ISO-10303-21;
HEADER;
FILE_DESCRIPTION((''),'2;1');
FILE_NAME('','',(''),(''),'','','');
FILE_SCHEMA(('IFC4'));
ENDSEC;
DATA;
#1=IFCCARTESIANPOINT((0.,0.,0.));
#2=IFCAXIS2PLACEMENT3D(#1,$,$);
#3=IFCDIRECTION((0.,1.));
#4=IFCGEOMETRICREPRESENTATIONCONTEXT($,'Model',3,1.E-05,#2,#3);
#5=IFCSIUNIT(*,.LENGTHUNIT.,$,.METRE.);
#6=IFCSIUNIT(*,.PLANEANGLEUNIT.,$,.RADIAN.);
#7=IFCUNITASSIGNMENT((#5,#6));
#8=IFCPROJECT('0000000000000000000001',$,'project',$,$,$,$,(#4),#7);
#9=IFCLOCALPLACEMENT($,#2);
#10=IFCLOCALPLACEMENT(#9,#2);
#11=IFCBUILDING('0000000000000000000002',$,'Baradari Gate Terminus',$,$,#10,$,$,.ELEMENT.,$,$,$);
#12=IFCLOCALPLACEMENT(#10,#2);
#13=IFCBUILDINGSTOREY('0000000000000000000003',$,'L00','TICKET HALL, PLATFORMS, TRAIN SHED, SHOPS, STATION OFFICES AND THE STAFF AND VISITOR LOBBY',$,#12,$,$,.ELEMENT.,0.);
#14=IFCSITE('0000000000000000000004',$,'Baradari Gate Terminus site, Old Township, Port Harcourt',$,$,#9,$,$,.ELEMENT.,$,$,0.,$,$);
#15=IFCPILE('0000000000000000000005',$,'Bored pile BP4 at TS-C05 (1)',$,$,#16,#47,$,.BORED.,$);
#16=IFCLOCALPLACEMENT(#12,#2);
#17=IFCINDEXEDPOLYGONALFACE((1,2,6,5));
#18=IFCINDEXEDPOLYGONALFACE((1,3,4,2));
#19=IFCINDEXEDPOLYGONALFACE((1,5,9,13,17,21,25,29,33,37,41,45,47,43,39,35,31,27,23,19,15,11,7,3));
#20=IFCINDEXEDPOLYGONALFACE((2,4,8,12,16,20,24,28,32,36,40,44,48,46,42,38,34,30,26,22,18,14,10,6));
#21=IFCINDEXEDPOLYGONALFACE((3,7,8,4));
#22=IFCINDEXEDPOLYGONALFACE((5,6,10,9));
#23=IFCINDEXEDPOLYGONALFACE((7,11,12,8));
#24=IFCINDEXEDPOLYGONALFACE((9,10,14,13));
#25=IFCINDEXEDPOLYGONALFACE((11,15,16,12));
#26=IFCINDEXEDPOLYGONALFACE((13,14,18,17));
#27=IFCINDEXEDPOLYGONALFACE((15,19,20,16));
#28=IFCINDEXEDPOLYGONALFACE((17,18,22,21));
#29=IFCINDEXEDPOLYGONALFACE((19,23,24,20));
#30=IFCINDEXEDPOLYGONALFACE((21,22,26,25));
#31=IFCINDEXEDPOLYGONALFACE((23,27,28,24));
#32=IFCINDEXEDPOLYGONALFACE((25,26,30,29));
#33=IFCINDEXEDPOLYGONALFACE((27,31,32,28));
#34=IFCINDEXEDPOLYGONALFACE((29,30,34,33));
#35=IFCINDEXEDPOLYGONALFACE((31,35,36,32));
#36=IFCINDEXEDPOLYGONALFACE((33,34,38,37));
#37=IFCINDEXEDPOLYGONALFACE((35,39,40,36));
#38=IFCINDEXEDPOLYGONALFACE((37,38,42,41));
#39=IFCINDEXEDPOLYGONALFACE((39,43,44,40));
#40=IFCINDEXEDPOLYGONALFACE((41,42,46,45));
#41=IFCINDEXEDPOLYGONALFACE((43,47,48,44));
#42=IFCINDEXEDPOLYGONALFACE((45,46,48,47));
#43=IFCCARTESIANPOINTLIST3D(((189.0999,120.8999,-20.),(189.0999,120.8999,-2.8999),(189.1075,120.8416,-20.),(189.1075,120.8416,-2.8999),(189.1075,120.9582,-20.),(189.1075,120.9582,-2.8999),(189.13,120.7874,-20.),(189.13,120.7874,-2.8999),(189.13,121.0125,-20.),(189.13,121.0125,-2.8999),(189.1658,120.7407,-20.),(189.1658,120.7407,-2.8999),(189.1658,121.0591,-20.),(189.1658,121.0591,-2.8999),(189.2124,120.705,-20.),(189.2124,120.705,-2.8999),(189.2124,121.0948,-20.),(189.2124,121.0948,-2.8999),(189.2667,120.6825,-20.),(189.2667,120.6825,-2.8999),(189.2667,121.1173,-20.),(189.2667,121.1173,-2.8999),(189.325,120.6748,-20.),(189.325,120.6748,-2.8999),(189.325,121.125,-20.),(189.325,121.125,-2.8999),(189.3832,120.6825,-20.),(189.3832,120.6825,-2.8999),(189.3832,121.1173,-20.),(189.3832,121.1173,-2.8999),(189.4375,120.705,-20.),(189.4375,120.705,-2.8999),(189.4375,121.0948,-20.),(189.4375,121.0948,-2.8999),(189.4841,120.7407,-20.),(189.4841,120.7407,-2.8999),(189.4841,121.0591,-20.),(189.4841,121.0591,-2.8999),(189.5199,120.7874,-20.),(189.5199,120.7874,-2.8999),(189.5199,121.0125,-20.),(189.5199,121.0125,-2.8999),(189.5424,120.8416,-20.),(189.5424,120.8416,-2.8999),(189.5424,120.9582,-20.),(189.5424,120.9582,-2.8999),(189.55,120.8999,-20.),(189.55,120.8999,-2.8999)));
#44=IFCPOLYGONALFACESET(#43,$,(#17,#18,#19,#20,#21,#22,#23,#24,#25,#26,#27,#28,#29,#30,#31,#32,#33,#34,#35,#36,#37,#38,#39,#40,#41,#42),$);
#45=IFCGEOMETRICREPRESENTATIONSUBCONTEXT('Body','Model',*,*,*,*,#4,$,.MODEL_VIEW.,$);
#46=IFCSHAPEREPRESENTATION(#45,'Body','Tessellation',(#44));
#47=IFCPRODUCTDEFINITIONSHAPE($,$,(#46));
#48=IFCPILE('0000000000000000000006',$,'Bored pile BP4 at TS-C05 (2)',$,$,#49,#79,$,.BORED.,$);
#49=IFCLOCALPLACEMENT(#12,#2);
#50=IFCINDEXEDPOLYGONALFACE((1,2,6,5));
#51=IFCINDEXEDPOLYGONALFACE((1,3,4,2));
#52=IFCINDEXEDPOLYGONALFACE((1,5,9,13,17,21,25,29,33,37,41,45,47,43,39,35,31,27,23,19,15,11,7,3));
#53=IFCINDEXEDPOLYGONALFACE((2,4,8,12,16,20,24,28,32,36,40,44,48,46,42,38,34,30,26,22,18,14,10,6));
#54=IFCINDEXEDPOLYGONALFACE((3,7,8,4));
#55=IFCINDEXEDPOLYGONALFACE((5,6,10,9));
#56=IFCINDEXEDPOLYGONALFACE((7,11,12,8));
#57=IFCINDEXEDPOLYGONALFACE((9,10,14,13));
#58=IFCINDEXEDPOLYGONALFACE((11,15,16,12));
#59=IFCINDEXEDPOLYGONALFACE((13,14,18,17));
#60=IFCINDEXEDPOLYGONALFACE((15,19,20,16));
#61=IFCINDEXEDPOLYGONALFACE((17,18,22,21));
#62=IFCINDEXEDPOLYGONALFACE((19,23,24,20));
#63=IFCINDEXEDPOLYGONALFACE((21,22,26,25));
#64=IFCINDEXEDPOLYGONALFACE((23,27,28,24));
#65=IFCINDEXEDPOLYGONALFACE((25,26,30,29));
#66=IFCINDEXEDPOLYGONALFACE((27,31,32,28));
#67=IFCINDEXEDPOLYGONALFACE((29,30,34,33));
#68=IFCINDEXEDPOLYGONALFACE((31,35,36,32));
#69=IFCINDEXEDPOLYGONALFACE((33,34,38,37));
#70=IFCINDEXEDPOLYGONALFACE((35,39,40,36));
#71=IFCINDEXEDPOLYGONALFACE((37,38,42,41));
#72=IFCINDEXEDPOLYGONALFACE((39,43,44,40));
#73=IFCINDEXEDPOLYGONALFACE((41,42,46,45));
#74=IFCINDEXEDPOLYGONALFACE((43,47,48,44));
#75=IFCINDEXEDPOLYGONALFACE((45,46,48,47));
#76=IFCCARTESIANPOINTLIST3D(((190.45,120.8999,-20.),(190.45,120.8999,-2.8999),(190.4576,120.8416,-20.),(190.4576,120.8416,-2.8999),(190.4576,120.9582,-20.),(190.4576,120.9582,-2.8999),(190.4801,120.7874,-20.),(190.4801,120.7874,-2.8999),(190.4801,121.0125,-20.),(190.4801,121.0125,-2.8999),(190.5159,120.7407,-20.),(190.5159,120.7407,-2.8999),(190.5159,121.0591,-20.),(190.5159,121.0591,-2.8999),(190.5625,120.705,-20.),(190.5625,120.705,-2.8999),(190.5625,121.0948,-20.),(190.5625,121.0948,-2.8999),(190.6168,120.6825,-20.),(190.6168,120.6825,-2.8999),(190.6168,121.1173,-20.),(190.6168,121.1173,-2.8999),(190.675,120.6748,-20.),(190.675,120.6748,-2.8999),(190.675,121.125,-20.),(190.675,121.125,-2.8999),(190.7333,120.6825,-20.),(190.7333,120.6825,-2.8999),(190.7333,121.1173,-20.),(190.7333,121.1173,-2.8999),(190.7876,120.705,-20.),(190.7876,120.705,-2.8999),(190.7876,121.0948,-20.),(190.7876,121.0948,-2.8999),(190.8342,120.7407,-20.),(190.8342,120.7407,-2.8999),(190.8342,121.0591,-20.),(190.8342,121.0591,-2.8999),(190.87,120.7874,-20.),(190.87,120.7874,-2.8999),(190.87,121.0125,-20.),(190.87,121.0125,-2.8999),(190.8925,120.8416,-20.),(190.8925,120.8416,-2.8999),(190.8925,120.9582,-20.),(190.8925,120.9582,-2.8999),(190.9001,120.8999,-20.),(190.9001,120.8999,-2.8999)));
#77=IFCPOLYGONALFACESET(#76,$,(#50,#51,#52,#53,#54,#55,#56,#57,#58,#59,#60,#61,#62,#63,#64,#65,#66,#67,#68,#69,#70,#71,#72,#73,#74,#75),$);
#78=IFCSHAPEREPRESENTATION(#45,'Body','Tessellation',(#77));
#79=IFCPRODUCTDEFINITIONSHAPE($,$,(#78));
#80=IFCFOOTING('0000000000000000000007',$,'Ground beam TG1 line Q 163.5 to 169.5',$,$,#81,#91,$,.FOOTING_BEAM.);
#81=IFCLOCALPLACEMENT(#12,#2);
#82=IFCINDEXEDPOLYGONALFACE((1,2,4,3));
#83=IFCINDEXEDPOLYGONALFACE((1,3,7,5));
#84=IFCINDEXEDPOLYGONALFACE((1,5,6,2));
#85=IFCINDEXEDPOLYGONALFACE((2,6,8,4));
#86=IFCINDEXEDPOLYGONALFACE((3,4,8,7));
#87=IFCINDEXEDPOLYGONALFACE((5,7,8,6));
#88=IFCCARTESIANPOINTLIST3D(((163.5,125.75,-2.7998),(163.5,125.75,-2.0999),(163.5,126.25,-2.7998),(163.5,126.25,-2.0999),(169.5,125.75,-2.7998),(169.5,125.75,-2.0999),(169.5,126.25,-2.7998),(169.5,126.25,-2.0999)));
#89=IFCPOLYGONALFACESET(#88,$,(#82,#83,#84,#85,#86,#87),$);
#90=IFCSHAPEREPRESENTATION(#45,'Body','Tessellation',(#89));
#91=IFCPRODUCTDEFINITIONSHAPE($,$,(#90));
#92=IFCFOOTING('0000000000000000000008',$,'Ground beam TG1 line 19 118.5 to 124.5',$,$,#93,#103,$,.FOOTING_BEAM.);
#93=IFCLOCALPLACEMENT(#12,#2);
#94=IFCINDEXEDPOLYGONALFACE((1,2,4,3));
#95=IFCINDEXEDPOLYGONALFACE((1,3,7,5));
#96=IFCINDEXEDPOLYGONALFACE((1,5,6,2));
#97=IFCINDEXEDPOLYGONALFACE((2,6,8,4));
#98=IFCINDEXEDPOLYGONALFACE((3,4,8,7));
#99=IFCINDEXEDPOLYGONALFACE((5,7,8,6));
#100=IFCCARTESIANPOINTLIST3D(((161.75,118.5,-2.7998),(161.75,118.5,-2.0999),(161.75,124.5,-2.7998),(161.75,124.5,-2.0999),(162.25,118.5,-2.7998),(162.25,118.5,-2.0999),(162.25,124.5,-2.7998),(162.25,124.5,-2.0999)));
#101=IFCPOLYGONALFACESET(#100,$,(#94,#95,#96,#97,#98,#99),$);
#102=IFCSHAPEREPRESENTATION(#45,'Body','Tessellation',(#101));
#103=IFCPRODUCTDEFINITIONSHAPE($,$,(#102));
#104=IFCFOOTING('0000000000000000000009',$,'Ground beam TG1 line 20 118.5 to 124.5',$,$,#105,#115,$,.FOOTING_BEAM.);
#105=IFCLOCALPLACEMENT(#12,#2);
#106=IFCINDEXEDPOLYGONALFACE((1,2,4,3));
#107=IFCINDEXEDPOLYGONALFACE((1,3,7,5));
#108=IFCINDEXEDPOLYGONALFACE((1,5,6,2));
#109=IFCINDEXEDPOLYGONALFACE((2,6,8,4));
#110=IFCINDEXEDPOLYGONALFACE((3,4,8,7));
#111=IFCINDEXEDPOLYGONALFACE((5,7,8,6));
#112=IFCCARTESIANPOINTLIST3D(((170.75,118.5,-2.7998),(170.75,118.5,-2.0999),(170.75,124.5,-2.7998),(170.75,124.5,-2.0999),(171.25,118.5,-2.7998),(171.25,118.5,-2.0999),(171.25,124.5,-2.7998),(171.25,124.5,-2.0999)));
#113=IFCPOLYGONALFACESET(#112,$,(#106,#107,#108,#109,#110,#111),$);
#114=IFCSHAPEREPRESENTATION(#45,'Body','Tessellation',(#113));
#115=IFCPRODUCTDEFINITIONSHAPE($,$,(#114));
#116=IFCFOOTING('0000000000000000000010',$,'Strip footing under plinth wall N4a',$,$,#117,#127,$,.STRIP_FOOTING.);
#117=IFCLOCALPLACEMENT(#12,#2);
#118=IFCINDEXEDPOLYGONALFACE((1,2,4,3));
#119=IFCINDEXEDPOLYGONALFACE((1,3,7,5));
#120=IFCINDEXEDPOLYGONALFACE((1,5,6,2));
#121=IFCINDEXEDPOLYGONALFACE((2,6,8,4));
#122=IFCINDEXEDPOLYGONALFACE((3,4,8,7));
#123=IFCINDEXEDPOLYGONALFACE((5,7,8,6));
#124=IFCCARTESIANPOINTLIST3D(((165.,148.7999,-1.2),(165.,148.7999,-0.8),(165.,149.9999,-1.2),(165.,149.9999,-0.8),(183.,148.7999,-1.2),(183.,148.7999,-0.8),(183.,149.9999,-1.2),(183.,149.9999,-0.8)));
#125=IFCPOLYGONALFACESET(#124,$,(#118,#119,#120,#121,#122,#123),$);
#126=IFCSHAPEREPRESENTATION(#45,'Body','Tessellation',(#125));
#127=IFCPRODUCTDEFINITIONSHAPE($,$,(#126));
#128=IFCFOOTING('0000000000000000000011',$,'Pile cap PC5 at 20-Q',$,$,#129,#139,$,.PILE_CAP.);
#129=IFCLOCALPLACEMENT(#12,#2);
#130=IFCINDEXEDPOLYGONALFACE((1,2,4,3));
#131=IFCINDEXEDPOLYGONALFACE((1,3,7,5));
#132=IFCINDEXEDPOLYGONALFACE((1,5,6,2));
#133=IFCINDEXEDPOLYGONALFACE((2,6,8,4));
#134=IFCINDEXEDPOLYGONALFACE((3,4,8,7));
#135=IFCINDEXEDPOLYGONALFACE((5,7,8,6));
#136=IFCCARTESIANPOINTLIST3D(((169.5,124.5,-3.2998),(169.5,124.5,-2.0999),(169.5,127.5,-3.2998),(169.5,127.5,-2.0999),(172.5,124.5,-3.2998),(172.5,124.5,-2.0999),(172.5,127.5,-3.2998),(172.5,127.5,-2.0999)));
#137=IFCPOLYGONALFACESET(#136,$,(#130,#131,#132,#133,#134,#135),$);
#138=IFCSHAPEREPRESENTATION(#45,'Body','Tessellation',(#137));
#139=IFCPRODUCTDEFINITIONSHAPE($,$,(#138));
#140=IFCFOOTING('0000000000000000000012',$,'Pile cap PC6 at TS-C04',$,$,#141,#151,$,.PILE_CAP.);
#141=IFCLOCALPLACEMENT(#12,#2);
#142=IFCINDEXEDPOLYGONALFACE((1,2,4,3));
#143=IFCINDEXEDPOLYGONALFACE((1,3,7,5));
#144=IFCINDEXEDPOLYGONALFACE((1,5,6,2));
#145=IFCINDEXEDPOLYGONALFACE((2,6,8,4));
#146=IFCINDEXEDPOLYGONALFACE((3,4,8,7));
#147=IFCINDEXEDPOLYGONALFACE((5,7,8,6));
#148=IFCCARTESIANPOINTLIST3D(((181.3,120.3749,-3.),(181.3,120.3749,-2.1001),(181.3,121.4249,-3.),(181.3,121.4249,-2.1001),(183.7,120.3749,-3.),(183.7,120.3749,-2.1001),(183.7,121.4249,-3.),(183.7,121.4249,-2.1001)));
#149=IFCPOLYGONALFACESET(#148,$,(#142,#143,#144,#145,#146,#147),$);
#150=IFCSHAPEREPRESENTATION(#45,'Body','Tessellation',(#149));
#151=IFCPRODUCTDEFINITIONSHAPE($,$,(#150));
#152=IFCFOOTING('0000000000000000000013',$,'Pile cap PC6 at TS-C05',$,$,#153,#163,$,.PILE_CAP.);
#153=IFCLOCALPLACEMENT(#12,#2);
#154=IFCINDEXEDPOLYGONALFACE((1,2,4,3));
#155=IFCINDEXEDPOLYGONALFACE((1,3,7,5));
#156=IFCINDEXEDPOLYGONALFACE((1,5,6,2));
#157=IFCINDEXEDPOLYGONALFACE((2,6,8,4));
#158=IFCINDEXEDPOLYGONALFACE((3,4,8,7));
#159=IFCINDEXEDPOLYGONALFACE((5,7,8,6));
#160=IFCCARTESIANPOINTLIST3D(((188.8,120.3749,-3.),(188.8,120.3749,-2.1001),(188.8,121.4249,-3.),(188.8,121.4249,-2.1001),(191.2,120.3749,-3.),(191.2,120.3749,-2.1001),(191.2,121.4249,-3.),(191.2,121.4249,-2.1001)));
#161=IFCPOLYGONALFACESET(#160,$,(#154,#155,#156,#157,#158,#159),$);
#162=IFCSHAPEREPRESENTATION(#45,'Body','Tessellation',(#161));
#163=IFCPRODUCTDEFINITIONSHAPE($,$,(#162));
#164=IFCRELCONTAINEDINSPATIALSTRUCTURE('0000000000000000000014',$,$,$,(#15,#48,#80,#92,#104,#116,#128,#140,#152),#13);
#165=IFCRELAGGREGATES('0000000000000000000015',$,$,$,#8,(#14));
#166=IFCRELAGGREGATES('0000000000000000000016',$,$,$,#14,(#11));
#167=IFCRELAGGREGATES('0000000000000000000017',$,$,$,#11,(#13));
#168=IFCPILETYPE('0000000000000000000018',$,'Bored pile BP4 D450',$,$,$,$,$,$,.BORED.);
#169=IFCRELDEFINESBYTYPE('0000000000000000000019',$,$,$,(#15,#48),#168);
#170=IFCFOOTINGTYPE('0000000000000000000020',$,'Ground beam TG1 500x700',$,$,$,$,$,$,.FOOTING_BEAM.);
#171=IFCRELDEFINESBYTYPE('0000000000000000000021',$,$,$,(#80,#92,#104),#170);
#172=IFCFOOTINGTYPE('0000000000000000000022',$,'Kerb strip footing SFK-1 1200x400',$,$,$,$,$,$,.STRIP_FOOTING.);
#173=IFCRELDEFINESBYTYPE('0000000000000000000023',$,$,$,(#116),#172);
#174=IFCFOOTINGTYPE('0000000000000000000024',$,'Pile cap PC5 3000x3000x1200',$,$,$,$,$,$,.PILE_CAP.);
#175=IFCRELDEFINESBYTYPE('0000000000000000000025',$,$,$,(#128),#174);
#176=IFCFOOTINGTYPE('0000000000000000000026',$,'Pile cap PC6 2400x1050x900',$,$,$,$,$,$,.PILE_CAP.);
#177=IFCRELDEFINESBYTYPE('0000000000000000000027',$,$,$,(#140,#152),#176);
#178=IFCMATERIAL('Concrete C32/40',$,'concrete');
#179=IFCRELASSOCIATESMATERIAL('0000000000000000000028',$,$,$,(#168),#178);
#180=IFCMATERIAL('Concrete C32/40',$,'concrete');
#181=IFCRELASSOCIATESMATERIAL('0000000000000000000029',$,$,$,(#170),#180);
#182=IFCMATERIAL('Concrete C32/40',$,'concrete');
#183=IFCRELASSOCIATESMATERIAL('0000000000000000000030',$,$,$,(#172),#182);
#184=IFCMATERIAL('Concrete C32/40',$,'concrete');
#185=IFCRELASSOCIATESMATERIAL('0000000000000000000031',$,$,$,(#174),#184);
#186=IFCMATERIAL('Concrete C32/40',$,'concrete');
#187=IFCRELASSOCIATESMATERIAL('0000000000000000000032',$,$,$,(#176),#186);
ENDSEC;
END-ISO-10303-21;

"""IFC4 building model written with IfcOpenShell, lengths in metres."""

from ifc_helpers import new_model, si_unit, direction, frame, origin, origin_2d, place, context, subcontext, project, spatial, rectangle, circle, extrude, material, type_object, element, save


model = new_model("IFC4")

# Units and contexts
model_context = context("Model", 3, precision=1e-05, world=origin(), true_north=direction((0.0, 1.0)))
body_context = subcontext(model_context, "Body", "Model", "MODEL_VIEW")
ifc_project = project(units=[si_unit("LENGTHUNIT", "METRE"), si_unit("PLANEANGLEUNIT", "RADIAN")], contexts=[model_context])

# Site, building, storey
site_placement = place(None, origin())
site = spatial("IfcSite", under=ifc_project, at=site_placement, Name="Baradari Gate Terminus site, Old Township, Port Harcourt", CompositionType="ELEMENT", RefElevation=0.0)
building_placement = place(site_placement, origin())
building = spatial("IfcBuilding", under=site, at=building_placement, Name="Baradari Gate Terminus", CompositionType="ELEMENT")
storey_placement = place(building_placement, origin())
storey = spatial("IfcBuildingStorey", under=building, at=storey_placement, Name="L00", Description="TICKET HALL, PLATFORMS, TRAIN SHED, SHOPS, STATION OFFICES AND THE STAFF AND VISITOR LOBBY", CompositionType="ELEMENT", Elevation=0.0)

# Piles
ifc_material_1 = material(Name="Concrete C32/40", Category="concrete")
pile_type_1 = type_object("IfcPileType", Name="Bored pile BP4 D450", PredefinedType="BORED", material=ifc_material_1)
for number, where, z_axis, x_axis, name in (
    (1, (189.325, 120.8999, -2.8999), (0.0, 0.0, -1.0), (1.0, 0.0, 0.0), "Bored pile BP4 at TS-C05 (1)"),
    (2, (190.675, 120.8999, -2.8999), (0.0, 0.0, -1.0), (1.0, 0.0, 0.0), "Bored pile BP4 at TS-C05 (2)"),
):
    element("IfcPile", number, at=place(storey_placement, frame(where, z_axis=z_axis, x_axis=x_axis)), inside=storey, type_object=pile_type_1, Name=name, PredefinedType="BORED", context=body_context, shape_type="SweptSolid", body=[
        extrude(circle(Radius=0.2251, at=origin_2d()), origin(), (0.0, 0.0, 1.0), 17.1001),
    ])

# Footings
ifc_material_2 = material(Name="Concrete C32/40", Category="concrete")
footing_type_1 = type_object("IfcFootingType", Name="Ground beam TG1 500x700", PredefinedType="FOOTING_BEAM", material=ifc_material_2)
footing_1_placement = place(storey_placement, frame((166.5, 126.0, -2.7998), z_axis=(0.0, 0.0, 1.0), x_axis=(1.0, 0.0, 0.0)))
element("IfcFooting", 3, at=footing_1_placement, inside=storey, type_object=footing_type_1, Name="Ground beam TG1 line Q 163.5 to 169.5", PredefinedType="FOOTING_BEAM", context=body_context, shape_type="SweptSolid", body=[
    extrude(rectangle(XDim=6.0, YDim=0.5, at=origin_2d()), origin(), (0.0, 0.0, 1.0), 0.7),
])
for number, where, z_axis, x_axis, name in (
    (4, (162.0, 121.5, -2.7998), (0.0, 0.0, 1.0), (1.0, 0.0, 0.0), "Ground beam TG1 line 19 118.5 to 124.5"),
    (5, (171.0, 121.5, -2.7998), (0.0, 0.0, 1.0), (1.0, 0.0, 0.0), "Ground beam TG1 line 20 118.5 to 124.5"),
):
    element("IfcFooting", number, at=place(storey_placement, frame(where, z_axis=z_axis, x_axis=x_axis)), inside=storey, type_object=footing_type_1, Name=name, PredefinedType="FOOTING_BEAM", context=body_context, shape_type="SweptSolid", body=[
        extrude(rectangle(XDim=0.5, YDim=6.0, at=origin_2d()), origin(), (0.0, 0.0, 1.0), 0.7),
    ])
ifc_material_3 = material(Name="Concrete C32/40", Category="concrete")
footing_type_2 = type_object("IfcFootingType", Name="Kerb strip footing SFK-1 1200x400", PredefinedType="STRIP_FOOTING", material=ifc_material_3)
footing_2_placement = place(storey_placement, frame((174.0, 149.3999, -1.2), z_axis=(0.0, 0.0, 1.0), x_axis=(1.0, 0.0, 0.0)))
element("IfcFooting", 6, at=footing_2_placement, inside=storey, type_object=footing_type_2, Name="Strip footing under plinth wall N4a", PredefinedType="STRIP_FOOTING", context=body_context, shape_type="SweptSolid", body=[
    extrude(rectangle(XDim=18.0, YDim=1.2, at=origin_2d()), origin(), (0.0, 0.0, 1.0), 0.3999),
])
ifc_material_4 = material(Name="Concrete C32/40", Category="concrete")
footing_type_3 = type_object("IfcFootingType", Name="Pile cap PC5 3000x3000x1200", PredefinedType="PILE_CAP", material=ifc_material_4)
footing_3_placement = place(storey_placement, frame((171.0, 126.0, -3.2998), z_axis=(0.0, 0.0, 1.0), x_axis=(1.0, 0.0, 0.0)))
element("IfcFooting", 7, at=footing_3_placement, inside=storey, type_object=footing_type_3, Name="Pile cap PC5 at 20-Q", PredefinedType="PILE_CAP", context=body_context, shape_type="SweptSolid", body=[
    extrude(rectangle(XDim=3.0, YDim=3.0, at=origin_2d()), origin(), (0.0, 0.0, 1.0), 1.2),
])
ifc_material_5 = material(Name="Concrete C32/40", Category="concrete")
footing_type_4 = type_object("IfcFootingType", Name="Pile cap PC6 2400x1050x900", PredefinedType="PILE_CAP", material=ifc_material_5)
for number, where, z_axis, x_axis, name in (
    (8, (182.5, 120.8999, -3.0), (0.0, 0.0, 1.0), (1.0, 0.0, 0.0), "Pile cap PC6 at TS-C04"),
    (9, (190.0, 120.8999, -3.0), (0.0, 0.0, 1.0), (1.0, 0.0, 0.0), "Pile cap PC6 at TS-C05"),
):
    element("IfcFooting", number, at=place(storey_placement, frame(where, z_axis=z_axis, x_axis=x_axis)), inside=storey, type_object=footing_type_4, Name=name, PredefinedType="PILE_CAP", context=body_context, shape_type="SweptSolid", body=[
        extrude(rectangle(XDim=2.3999, YDim=1.05, at=origin_2d()), origin(), (0.0, 0.0, 1.0), 0.8999),
    ])

save(model, "model.ifc")
